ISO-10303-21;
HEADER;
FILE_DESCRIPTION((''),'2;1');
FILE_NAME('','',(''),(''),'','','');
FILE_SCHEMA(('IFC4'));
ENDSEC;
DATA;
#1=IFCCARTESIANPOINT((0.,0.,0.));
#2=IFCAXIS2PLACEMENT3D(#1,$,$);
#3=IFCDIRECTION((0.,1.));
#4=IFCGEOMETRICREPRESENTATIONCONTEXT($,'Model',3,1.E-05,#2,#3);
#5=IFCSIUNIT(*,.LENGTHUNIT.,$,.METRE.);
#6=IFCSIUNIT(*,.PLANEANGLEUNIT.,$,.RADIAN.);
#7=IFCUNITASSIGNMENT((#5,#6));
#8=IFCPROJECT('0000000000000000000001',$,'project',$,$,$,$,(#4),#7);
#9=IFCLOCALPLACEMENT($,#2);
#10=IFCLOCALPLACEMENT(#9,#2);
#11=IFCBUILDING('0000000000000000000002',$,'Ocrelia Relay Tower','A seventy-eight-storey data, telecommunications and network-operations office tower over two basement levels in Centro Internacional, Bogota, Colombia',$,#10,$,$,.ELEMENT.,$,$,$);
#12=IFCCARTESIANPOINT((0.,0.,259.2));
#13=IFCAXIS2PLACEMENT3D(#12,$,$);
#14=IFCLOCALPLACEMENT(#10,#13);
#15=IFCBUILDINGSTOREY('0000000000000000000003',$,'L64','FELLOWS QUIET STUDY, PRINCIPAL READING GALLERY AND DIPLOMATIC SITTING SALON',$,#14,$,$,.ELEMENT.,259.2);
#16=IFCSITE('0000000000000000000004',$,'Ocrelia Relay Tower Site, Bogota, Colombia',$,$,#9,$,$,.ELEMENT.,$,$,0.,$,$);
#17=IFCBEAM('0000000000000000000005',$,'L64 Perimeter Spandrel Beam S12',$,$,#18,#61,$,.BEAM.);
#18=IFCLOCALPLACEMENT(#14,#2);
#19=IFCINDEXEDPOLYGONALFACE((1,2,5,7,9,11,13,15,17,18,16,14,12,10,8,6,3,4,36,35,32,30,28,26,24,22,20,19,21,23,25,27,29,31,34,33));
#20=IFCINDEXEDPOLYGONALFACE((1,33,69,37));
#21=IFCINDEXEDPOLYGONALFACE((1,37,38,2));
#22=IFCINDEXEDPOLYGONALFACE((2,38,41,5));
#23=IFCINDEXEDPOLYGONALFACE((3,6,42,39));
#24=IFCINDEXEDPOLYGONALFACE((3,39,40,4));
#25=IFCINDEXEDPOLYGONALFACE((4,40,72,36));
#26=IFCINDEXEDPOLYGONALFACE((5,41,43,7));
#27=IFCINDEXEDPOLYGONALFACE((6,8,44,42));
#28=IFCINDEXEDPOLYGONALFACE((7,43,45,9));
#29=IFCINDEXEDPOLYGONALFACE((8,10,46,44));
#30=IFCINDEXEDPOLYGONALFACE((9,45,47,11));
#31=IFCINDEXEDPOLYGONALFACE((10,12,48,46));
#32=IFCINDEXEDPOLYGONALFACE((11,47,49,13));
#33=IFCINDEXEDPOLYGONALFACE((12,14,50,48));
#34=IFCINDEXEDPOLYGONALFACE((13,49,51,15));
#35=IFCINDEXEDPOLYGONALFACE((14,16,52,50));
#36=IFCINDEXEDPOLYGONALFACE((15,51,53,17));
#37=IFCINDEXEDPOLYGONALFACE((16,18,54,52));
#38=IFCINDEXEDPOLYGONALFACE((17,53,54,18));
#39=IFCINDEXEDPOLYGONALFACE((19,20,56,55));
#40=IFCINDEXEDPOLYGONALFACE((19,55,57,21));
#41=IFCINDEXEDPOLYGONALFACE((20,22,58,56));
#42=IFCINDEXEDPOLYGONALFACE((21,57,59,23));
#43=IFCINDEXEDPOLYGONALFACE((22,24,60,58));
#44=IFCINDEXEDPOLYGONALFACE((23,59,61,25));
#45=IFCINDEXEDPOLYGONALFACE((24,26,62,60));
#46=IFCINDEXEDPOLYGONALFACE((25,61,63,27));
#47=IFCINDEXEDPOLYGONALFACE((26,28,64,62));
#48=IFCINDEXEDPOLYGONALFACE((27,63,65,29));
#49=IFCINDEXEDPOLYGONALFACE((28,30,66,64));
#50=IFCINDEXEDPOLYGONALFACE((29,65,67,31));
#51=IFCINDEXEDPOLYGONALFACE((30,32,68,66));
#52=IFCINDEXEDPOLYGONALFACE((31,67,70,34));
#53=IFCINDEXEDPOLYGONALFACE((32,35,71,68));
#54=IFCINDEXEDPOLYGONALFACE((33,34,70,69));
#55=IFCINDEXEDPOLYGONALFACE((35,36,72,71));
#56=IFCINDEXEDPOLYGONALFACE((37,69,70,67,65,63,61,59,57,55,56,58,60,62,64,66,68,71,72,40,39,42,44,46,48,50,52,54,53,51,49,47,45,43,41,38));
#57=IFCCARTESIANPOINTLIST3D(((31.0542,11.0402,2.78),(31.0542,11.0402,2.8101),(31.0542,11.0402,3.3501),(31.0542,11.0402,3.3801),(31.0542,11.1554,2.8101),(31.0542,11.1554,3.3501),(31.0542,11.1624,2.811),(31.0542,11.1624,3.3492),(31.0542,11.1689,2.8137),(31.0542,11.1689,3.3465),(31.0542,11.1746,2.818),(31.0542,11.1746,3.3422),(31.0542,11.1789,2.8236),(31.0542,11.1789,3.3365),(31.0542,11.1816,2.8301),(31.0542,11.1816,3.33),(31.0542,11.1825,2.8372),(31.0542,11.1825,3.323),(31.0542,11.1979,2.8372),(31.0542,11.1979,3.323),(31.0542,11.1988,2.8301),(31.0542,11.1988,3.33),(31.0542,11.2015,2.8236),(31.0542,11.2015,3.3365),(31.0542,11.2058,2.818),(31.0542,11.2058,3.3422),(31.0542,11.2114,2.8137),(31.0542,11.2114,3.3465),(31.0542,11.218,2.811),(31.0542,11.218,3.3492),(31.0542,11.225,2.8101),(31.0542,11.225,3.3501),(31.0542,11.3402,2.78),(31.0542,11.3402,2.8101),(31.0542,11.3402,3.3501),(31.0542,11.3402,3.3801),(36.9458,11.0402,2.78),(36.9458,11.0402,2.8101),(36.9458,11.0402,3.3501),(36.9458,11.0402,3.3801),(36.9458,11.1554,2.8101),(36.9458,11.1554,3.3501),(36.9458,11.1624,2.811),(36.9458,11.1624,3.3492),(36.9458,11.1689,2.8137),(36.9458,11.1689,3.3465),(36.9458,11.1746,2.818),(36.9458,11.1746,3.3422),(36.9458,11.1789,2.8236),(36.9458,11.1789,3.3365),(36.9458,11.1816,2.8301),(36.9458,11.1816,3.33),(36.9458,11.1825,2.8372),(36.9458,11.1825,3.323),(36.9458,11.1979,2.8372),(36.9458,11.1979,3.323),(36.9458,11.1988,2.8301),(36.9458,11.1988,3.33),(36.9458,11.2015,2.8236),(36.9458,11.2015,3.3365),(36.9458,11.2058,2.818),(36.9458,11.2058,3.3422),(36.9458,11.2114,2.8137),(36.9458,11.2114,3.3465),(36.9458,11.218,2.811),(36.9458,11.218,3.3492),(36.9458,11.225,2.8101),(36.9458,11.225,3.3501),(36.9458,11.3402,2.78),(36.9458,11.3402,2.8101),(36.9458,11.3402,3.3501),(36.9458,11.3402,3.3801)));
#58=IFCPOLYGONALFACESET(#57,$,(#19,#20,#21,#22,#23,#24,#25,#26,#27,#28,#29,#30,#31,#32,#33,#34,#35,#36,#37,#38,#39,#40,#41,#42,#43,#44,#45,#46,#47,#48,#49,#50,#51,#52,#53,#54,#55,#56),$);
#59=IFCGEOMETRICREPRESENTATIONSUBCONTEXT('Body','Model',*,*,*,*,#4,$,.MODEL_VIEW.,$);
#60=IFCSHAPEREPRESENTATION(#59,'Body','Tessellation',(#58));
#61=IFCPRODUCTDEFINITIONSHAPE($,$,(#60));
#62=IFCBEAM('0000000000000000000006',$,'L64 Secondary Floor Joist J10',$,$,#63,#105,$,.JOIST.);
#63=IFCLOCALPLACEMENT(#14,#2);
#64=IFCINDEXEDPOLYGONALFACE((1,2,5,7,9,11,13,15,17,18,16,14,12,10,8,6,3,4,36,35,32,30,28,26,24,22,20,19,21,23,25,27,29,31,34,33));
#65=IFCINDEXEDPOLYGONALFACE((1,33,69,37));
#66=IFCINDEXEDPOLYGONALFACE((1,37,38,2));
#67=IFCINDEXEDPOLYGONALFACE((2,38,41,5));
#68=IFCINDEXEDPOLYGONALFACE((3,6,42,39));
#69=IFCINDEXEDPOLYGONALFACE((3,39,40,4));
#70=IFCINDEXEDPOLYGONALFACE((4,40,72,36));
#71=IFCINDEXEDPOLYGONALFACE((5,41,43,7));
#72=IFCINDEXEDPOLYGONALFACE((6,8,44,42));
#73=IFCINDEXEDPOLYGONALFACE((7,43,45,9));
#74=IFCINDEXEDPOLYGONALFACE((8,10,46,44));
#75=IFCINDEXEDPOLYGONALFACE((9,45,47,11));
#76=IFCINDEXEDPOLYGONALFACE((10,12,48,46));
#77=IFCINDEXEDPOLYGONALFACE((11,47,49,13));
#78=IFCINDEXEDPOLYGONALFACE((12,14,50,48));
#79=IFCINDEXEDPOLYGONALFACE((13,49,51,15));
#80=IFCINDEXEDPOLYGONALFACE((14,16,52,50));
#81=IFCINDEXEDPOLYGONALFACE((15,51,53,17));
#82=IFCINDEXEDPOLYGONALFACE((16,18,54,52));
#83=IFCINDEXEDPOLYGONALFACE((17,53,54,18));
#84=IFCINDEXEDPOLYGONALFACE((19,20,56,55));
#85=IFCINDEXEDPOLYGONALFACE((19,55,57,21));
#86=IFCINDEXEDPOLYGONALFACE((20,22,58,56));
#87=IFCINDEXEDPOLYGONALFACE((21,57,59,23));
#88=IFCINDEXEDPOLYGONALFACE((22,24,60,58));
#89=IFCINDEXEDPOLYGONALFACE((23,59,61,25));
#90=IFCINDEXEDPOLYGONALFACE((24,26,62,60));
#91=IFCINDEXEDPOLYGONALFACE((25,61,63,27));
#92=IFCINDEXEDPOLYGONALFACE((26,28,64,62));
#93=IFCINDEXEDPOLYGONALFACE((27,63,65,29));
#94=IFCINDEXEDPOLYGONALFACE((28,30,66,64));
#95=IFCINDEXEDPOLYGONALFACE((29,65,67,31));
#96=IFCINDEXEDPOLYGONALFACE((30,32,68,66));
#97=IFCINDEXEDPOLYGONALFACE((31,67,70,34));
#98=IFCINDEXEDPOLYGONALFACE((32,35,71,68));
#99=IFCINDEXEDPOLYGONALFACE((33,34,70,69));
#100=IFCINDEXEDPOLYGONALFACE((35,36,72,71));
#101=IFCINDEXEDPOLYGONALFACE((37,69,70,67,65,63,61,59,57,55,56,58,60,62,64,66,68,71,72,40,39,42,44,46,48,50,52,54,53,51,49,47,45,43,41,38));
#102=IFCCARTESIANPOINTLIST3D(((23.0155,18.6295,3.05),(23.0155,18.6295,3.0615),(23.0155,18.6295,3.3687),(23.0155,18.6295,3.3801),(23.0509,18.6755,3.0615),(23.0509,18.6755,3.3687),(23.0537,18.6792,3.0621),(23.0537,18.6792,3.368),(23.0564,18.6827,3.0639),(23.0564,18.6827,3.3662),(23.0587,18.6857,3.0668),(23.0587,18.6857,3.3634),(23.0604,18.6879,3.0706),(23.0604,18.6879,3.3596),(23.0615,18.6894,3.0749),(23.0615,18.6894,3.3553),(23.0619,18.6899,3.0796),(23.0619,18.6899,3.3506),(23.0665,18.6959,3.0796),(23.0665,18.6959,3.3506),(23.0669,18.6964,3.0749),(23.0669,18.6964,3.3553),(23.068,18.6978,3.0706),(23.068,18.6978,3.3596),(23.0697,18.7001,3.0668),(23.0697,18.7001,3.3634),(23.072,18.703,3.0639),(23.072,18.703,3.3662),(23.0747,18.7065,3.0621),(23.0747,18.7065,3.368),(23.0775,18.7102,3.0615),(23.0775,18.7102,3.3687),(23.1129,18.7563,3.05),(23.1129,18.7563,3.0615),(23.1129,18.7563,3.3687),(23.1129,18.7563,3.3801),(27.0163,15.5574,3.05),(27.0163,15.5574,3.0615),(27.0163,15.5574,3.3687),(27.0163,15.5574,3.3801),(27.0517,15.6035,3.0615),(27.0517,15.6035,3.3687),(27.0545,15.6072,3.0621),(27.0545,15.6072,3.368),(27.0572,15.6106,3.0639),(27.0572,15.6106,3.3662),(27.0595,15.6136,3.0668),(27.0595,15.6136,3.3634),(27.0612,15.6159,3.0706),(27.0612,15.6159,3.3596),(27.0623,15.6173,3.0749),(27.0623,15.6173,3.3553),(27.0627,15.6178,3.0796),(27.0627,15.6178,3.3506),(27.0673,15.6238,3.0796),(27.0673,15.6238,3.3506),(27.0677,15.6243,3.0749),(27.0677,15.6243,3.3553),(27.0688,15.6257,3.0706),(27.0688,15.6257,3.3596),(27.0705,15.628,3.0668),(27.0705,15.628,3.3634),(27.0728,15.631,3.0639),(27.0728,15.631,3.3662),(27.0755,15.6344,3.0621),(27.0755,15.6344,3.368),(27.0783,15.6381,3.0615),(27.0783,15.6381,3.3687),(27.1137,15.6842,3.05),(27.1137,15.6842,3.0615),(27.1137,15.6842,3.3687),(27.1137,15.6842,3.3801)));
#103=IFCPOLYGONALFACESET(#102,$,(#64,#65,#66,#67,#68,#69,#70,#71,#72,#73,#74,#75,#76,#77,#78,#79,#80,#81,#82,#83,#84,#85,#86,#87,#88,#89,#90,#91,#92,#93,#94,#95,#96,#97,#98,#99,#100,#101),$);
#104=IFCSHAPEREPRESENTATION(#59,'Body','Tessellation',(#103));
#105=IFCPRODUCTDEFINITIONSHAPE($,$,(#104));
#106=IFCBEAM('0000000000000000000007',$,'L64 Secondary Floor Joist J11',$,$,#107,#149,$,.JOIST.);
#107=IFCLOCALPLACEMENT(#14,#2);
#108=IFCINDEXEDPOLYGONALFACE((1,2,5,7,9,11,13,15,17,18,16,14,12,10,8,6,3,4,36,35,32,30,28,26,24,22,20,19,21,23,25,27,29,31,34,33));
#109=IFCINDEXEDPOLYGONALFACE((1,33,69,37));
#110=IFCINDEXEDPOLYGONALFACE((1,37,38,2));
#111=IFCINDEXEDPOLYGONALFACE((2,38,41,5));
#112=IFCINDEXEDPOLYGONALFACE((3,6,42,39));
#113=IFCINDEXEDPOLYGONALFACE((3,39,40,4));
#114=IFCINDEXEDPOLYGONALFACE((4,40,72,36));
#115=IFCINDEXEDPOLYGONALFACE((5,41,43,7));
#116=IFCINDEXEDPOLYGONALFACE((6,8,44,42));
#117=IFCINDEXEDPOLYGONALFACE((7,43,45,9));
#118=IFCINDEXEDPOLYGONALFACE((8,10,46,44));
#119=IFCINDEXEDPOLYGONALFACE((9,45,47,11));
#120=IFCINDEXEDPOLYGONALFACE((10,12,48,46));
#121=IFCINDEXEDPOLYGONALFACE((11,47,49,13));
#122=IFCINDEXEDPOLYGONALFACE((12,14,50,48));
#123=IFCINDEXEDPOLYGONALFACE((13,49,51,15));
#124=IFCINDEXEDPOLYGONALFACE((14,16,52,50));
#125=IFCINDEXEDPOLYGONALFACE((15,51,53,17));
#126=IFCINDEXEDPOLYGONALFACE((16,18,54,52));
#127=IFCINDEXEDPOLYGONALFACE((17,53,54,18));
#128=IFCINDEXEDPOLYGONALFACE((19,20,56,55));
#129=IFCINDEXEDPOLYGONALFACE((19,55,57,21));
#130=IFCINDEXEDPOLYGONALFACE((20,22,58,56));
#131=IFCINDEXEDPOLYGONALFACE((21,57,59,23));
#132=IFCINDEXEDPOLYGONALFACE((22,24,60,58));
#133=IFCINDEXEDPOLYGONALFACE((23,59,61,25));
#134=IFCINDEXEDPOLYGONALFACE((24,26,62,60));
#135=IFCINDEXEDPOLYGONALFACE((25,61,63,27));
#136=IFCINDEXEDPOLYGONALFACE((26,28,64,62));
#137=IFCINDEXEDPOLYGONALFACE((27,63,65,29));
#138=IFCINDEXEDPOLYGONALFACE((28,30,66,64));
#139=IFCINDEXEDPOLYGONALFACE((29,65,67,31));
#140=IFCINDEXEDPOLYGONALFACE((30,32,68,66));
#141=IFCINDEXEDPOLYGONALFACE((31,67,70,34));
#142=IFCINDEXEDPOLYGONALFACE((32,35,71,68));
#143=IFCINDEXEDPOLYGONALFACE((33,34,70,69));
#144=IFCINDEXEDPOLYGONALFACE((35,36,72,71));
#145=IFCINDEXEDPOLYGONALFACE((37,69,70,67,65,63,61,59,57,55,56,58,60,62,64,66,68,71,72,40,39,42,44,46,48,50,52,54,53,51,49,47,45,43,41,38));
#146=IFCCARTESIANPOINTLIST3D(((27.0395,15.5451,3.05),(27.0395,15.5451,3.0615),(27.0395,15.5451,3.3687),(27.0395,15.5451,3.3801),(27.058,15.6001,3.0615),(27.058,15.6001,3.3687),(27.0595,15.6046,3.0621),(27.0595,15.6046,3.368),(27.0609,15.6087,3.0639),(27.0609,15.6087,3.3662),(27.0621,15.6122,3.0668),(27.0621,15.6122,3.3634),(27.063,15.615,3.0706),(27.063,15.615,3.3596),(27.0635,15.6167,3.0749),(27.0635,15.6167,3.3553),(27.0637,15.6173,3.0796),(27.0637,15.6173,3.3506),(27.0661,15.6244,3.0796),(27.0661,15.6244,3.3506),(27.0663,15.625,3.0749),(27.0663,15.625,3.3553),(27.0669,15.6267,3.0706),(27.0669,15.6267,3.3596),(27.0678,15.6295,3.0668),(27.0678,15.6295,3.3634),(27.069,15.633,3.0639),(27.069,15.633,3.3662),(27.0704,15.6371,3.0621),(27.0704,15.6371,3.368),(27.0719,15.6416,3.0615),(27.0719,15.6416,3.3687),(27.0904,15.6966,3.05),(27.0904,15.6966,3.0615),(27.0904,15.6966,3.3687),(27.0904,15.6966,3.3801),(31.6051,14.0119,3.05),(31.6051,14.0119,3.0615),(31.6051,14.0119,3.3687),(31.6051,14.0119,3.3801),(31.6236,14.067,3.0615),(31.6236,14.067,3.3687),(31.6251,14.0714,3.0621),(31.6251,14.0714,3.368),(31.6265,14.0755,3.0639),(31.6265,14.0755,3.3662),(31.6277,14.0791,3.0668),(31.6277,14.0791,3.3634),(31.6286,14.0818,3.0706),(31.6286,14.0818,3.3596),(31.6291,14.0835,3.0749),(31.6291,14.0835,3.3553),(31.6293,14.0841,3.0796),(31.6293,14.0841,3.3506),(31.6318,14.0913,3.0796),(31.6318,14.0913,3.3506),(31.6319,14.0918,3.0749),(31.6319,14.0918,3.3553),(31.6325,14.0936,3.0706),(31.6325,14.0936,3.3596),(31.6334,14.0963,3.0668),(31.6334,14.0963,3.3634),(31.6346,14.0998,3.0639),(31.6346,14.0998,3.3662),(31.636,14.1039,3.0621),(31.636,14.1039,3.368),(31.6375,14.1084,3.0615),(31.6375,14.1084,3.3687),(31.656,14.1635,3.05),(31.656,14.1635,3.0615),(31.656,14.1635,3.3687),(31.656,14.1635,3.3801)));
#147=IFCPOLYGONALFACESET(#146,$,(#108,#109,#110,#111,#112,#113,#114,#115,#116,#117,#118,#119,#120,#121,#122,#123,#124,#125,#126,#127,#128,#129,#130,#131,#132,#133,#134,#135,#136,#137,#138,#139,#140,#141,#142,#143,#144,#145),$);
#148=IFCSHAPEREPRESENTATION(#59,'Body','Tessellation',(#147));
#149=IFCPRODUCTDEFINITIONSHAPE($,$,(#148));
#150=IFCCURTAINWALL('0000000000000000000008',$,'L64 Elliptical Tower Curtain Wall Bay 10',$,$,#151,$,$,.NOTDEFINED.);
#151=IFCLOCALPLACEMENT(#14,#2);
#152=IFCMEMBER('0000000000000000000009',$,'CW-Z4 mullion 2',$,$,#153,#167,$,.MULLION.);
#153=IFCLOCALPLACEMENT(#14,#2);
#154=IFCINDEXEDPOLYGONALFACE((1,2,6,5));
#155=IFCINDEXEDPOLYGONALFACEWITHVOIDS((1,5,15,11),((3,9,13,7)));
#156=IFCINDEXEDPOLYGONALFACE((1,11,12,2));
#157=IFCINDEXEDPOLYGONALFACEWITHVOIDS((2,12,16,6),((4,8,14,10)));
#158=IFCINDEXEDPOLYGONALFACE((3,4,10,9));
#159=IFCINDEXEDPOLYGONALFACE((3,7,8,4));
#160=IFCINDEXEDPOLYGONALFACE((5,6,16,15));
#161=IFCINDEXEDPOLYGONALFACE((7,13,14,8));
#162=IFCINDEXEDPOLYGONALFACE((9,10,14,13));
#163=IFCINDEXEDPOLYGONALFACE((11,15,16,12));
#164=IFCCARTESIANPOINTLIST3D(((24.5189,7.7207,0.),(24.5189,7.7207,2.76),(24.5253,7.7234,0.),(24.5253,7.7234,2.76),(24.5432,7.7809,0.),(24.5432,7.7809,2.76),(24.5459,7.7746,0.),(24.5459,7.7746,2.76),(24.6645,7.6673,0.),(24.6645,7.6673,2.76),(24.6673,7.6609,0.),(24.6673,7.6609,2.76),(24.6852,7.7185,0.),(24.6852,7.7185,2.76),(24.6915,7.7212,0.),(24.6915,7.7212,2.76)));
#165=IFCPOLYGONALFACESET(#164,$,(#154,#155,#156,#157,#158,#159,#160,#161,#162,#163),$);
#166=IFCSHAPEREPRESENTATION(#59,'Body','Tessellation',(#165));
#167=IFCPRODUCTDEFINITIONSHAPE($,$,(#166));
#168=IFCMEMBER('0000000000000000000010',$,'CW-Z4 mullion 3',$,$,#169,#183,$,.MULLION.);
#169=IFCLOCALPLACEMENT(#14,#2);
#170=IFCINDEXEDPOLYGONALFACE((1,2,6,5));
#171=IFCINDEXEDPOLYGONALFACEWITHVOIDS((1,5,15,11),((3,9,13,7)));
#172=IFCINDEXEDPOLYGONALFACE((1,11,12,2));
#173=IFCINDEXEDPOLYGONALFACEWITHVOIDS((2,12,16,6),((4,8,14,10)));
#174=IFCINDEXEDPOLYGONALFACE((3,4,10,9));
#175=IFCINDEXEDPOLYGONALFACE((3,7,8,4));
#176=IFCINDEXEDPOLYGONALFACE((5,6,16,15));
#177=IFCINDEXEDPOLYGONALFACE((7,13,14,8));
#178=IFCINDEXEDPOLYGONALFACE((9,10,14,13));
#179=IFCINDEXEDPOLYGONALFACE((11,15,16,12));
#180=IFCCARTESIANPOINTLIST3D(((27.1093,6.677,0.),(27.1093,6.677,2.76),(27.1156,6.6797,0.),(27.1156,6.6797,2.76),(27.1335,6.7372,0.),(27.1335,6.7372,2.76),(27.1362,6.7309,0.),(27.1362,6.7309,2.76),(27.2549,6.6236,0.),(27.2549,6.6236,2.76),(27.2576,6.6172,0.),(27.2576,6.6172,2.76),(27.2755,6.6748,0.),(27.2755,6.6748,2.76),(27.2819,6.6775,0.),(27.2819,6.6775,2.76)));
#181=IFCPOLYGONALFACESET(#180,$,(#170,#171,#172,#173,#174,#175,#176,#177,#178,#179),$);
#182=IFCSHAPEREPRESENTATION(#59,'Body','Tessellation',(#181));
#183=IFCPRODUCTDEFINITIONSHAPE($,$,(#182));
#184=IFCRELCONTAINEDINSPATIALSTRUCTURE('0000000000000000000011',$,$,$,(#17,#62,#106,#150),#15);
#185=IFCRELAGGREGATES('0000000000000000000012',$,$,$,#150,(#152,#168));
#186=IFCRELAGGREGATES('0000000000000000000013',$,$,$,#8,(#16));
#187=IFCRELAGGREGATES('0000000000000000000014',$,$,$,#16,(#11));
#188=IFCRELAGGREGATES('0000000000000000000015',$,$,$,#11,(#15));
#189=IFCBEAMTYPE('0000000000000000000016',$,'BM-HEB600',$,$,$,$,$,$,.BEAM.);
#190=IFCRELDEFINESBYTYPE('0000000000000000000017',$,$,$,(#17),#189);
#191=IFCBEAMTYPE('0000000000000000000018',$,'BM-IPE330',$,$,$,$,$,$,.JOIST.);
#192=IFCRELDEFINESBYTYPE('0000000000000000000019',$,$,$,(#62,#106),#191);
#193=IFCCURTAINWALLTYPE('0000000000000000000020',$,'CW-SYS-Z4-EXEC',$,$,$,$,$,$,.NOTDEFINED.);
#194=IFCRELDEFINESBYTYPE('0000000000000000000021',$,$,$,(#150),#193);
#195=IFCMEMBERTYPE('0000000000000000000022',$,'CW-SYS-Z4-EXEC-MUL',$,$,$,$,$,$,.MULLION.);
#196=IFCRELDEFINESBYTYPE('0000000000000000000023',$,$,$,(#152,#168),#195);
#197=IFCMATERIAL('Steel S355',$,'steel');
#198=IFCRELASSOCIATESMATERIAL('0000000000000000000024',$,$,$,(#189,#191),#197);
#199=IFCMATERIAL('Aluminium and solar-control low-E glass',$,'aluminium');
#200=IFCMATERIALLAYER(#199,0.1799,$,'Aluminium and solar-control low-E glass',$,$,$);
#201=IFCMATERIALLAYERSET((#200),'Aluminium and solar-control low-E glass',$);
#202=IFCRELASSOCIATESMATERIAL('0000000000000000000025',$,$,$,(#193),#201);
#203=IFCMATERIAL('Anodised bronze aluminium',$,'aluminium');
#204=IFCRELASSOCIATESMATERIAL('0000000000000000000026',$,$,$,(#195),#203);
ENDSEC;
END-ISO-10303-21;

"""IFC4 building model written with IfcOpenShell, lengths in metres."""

from ifc_helpers import new_model, si_unit, direction, frame, origin, origin_2d, place, context, subcontext, project, spatial, hollow_rectangle, i_section, extrude, material, layer, layer_set, material_profile, profile_set, type_object, element, aggregate, save


model = new_model("IFC4")

# Units and contexts
model_context = context("Model", 3, precision=1e-05, world=origin(), true_north=direction((0.0, 1.0)))
body_context = subcontext(model_context, "Body", "Model", "MODEL_VIEW")
ifc_project = project(units=[si_unit("LENGTHUNIT", "METRE"), si_unit("PLANEANGLEUNIT", "RADIAN")], contexts=[model_context])

# Site, building, storey
site_placement = place(None, origin())
site = spatial("IfcSite", under=ifc_project, at=site_placement, Name="Ocrelia Relay Tower Site, Bogota, Colombia", CompositionType="ELEMENT", RefElevation=0.0)
building_placement = place(site_placement, origin())
building = spatial("IfcBuilding", under=site, at=building_placement, Name="Ocrelia Relay Tower", Description="A seventy-eight-storey data, telecommunications and network-operations office tower over two basement levels in Centro Internacional, Bogota, Colombia", CompositionType="ELEMENT")
storey_placement = place(building_placement, frame((0.0, 0.0, 259.2)))
storey = spatial("IfcBuildingStorey", under=building, at=storey_placement, Name="L64", Description="FELLOWS QUIET STUDY, PRINCIPAL READING GALLERY AND DIPLOMATIC SITTING SALON", CompositionType="ELEMENT", Elevation=259.2)

# Beams
ifc_material_1 = material(Name="Steel S355", Category="steel")
ifc_material_profile_1 = material_profile(ifc_material_1, i_section(OverallWidth=0.3, OverallDepth=0.6001, WebThickness=0.0154, FlangeThickness=0.03, FilletRadius=0.0271, at=origin_2d()), Name="HEB 600")
ifc_profile_set_1 = profile_set([ifc_material_profile_1], Name="Steel S355")
beam_type_1 = type_object("IfcBeamType", Name="BM-HEB600", PredefinedType="BEAM", material=ifc_profile_set_1)
beam_1_placement = place(storey_placement, frame((31.0542, 11.1902, 3.0801), z_axis=(1.0, 0.0, 0.0), x_axis=(0.0, 1.0, 0.0)))
element("IfcBeam", 1, at=beam_1_placement, inside=storey, type_object=beam_type_1, Name="L64 Perimeter Spandrel Beam S12", PredefinedType="BEAM", context=body_context, shape_type="SweptSolid", body=[
    extrude(i_section(OverallWidth=0.3, OverallDepth=0.6001, WebThickness=0.0154, FlangeThickness=0.03, FilletRadius=0.0271, at=origin_2d()), origin(), (0.0, 0.0, 1.0), 5.8916),
])
ifc_material_profile_2 = material_profile(ifc_material_1, i_section(OverallWidth=0.1599, OverallDepth=0.3301, WebThickness=0.0076, FlangeThickness=0.0115, FilletRadius=0.0181, at=origin_2d()), Name="IPE 330")
ifc_profile_set_2 = profile_set([ifc_material_profile_2], Name="Steel S355")
beam_type_2 = type_object("IfcBeamType", Name="BM-IPE330", PredefinedType="JOIST", material=ifc_profile_set_2)
beam_2_placement = place(storey_placement, frame((23.0642, 18.6929, 3.2151), z_axis=(0.793147, -0.60903, 0.0), x_axis=(0.60903, 0.793147, 0.0)))
element("IfcBeam", 2, at=beam_2_placement, inside=storey, type_object=beam_type_2, Name="L64 Secondary Floor Joist J10", PredefinedType="JOIST", context=body_context, shape_type="SweptSolid", body=[
    extrude(i_section(OverallWidth=0.1599, OverallDepth=0.3301, WebThickness=0.0076, FlangeThickness=0.0115, FilletRadius=0.0181, at=origin_2d()), origin(), (0.0, 0.0, 1.0), 5.0442),
])
beam_3_placement = place(storey_placement, frame((27.0649, 15.6208, 3.2151), z_axis=(0.947976, -0.318341, 0.0), x_axis=(0.318341, 0.947976, 0.0)))
element("IfcBeam", 3, at=beam_3_placement, inside=storey, type_object=beam_type_2, Name="L64 Secondary Floor Joist J11", PredefinedType="JOIST", context=body_context, shape_type="SweptSolid", body=[
    extrude(i_section(OverallWidth=0.1599, OverallDepth=0.3301, WebThickness=0.0076, FlangeThickness=0.0115, FilletRadius=0.0181, at=origin_2d()), origin(), (0.0, 0.0, 1.0), 4.8162),
])

# Curtain wall, members
ifc_material_2 = material(Name="Aluminium and solar-control low-E glass", Category="aluminium")
ifc_layer_1 = layer(ifc_material_2, 0.1799, Name="Aluminium and solar-control low-E glass")
ifc_layer_set_1 = layer_set([ifc_layer_1], Name="Aluminium and solar-control low-E glass")
curtain_wall_type = type_object("IfcCurtainWallType", Name="CW-SYS-Z4-EXEC", PredefinedType="NOTDEFINED", material=ifc_layer_set_1)
curtain_wall_placement = place(storey_placement, origin())
curtain_wall = element("IfcCurtainWall", 4, at=curtain_wall_placement, inside=storey, type_object=curtain_wall_type, Name="L64 Elliptical Tower Curtain Wall Bay 10", PredefinedType="NOTDEFINED")
ifc_material_3 = material(Name="Anodised bronze aluminium", Category="aluminium")
ifc_material_profile_3 = material_profile(ifc_material_3, hollow_rectangle(XDim=0.0649, YDim=0.1599, WallThickness=0.0049, at=origin_2d()), Name="CW-MUL-160x65")
ifc_profile_set_3 = profile_set([ifc_material_profile_3], Name="Anodised bronze aluminium")
member_type_1 = type_object("IfcMemberType", Name="CW-SYS-Z4-EXEC-MUL", PredefinedType="MULLION", material=ifc_profile_set_3)
member_1_placement = place(storey_placement, frame((24.6052, 7.7209, 0.0), z_axis=(0.0, 0.0, 1.0), x_axis=(0.373751, 0.927529, 0.0)))
member_1 = element("IfcMember", 5, at=member_1_placement, type_object=member_type_1, Name="CW-Z4 mullion 2", PredefinedType="MULLION", context=body_context, shape_type="SweptSolid", body=[
    extrude(hollow_rectangle(XDim=0.0649, YDim=0.1599, WallThickness=0.0049, at=origin_2d()), origin(), (0.0, 0.0, 1.0), 2.76),
])
member_2_placement = place(storey_placement, frame((27.1956, 6.6772, 0.0), z_axis=(0.0, 0.0, 1.0), x_axis=(0.373751, 0.927529, 0.0)))
member_2 = element("IfcMember", 6, at=member_2_placement, type_object=member_type_1, Name="CW-Z4 mullion 3", PredefinedType="MULLION", context=body_context, shape_type="SweptSolid", body=[
    extrude(hollow_rectangle(XDim=0.0649, YDim=0.1599, WallThickness=0.0049, at=origin_2d()), origin(), (0.0, 0.0, 1.0), 2.76),
])
aggregate(curtain_wall, [member_1, member_2])

save(model, "model.ifc")
